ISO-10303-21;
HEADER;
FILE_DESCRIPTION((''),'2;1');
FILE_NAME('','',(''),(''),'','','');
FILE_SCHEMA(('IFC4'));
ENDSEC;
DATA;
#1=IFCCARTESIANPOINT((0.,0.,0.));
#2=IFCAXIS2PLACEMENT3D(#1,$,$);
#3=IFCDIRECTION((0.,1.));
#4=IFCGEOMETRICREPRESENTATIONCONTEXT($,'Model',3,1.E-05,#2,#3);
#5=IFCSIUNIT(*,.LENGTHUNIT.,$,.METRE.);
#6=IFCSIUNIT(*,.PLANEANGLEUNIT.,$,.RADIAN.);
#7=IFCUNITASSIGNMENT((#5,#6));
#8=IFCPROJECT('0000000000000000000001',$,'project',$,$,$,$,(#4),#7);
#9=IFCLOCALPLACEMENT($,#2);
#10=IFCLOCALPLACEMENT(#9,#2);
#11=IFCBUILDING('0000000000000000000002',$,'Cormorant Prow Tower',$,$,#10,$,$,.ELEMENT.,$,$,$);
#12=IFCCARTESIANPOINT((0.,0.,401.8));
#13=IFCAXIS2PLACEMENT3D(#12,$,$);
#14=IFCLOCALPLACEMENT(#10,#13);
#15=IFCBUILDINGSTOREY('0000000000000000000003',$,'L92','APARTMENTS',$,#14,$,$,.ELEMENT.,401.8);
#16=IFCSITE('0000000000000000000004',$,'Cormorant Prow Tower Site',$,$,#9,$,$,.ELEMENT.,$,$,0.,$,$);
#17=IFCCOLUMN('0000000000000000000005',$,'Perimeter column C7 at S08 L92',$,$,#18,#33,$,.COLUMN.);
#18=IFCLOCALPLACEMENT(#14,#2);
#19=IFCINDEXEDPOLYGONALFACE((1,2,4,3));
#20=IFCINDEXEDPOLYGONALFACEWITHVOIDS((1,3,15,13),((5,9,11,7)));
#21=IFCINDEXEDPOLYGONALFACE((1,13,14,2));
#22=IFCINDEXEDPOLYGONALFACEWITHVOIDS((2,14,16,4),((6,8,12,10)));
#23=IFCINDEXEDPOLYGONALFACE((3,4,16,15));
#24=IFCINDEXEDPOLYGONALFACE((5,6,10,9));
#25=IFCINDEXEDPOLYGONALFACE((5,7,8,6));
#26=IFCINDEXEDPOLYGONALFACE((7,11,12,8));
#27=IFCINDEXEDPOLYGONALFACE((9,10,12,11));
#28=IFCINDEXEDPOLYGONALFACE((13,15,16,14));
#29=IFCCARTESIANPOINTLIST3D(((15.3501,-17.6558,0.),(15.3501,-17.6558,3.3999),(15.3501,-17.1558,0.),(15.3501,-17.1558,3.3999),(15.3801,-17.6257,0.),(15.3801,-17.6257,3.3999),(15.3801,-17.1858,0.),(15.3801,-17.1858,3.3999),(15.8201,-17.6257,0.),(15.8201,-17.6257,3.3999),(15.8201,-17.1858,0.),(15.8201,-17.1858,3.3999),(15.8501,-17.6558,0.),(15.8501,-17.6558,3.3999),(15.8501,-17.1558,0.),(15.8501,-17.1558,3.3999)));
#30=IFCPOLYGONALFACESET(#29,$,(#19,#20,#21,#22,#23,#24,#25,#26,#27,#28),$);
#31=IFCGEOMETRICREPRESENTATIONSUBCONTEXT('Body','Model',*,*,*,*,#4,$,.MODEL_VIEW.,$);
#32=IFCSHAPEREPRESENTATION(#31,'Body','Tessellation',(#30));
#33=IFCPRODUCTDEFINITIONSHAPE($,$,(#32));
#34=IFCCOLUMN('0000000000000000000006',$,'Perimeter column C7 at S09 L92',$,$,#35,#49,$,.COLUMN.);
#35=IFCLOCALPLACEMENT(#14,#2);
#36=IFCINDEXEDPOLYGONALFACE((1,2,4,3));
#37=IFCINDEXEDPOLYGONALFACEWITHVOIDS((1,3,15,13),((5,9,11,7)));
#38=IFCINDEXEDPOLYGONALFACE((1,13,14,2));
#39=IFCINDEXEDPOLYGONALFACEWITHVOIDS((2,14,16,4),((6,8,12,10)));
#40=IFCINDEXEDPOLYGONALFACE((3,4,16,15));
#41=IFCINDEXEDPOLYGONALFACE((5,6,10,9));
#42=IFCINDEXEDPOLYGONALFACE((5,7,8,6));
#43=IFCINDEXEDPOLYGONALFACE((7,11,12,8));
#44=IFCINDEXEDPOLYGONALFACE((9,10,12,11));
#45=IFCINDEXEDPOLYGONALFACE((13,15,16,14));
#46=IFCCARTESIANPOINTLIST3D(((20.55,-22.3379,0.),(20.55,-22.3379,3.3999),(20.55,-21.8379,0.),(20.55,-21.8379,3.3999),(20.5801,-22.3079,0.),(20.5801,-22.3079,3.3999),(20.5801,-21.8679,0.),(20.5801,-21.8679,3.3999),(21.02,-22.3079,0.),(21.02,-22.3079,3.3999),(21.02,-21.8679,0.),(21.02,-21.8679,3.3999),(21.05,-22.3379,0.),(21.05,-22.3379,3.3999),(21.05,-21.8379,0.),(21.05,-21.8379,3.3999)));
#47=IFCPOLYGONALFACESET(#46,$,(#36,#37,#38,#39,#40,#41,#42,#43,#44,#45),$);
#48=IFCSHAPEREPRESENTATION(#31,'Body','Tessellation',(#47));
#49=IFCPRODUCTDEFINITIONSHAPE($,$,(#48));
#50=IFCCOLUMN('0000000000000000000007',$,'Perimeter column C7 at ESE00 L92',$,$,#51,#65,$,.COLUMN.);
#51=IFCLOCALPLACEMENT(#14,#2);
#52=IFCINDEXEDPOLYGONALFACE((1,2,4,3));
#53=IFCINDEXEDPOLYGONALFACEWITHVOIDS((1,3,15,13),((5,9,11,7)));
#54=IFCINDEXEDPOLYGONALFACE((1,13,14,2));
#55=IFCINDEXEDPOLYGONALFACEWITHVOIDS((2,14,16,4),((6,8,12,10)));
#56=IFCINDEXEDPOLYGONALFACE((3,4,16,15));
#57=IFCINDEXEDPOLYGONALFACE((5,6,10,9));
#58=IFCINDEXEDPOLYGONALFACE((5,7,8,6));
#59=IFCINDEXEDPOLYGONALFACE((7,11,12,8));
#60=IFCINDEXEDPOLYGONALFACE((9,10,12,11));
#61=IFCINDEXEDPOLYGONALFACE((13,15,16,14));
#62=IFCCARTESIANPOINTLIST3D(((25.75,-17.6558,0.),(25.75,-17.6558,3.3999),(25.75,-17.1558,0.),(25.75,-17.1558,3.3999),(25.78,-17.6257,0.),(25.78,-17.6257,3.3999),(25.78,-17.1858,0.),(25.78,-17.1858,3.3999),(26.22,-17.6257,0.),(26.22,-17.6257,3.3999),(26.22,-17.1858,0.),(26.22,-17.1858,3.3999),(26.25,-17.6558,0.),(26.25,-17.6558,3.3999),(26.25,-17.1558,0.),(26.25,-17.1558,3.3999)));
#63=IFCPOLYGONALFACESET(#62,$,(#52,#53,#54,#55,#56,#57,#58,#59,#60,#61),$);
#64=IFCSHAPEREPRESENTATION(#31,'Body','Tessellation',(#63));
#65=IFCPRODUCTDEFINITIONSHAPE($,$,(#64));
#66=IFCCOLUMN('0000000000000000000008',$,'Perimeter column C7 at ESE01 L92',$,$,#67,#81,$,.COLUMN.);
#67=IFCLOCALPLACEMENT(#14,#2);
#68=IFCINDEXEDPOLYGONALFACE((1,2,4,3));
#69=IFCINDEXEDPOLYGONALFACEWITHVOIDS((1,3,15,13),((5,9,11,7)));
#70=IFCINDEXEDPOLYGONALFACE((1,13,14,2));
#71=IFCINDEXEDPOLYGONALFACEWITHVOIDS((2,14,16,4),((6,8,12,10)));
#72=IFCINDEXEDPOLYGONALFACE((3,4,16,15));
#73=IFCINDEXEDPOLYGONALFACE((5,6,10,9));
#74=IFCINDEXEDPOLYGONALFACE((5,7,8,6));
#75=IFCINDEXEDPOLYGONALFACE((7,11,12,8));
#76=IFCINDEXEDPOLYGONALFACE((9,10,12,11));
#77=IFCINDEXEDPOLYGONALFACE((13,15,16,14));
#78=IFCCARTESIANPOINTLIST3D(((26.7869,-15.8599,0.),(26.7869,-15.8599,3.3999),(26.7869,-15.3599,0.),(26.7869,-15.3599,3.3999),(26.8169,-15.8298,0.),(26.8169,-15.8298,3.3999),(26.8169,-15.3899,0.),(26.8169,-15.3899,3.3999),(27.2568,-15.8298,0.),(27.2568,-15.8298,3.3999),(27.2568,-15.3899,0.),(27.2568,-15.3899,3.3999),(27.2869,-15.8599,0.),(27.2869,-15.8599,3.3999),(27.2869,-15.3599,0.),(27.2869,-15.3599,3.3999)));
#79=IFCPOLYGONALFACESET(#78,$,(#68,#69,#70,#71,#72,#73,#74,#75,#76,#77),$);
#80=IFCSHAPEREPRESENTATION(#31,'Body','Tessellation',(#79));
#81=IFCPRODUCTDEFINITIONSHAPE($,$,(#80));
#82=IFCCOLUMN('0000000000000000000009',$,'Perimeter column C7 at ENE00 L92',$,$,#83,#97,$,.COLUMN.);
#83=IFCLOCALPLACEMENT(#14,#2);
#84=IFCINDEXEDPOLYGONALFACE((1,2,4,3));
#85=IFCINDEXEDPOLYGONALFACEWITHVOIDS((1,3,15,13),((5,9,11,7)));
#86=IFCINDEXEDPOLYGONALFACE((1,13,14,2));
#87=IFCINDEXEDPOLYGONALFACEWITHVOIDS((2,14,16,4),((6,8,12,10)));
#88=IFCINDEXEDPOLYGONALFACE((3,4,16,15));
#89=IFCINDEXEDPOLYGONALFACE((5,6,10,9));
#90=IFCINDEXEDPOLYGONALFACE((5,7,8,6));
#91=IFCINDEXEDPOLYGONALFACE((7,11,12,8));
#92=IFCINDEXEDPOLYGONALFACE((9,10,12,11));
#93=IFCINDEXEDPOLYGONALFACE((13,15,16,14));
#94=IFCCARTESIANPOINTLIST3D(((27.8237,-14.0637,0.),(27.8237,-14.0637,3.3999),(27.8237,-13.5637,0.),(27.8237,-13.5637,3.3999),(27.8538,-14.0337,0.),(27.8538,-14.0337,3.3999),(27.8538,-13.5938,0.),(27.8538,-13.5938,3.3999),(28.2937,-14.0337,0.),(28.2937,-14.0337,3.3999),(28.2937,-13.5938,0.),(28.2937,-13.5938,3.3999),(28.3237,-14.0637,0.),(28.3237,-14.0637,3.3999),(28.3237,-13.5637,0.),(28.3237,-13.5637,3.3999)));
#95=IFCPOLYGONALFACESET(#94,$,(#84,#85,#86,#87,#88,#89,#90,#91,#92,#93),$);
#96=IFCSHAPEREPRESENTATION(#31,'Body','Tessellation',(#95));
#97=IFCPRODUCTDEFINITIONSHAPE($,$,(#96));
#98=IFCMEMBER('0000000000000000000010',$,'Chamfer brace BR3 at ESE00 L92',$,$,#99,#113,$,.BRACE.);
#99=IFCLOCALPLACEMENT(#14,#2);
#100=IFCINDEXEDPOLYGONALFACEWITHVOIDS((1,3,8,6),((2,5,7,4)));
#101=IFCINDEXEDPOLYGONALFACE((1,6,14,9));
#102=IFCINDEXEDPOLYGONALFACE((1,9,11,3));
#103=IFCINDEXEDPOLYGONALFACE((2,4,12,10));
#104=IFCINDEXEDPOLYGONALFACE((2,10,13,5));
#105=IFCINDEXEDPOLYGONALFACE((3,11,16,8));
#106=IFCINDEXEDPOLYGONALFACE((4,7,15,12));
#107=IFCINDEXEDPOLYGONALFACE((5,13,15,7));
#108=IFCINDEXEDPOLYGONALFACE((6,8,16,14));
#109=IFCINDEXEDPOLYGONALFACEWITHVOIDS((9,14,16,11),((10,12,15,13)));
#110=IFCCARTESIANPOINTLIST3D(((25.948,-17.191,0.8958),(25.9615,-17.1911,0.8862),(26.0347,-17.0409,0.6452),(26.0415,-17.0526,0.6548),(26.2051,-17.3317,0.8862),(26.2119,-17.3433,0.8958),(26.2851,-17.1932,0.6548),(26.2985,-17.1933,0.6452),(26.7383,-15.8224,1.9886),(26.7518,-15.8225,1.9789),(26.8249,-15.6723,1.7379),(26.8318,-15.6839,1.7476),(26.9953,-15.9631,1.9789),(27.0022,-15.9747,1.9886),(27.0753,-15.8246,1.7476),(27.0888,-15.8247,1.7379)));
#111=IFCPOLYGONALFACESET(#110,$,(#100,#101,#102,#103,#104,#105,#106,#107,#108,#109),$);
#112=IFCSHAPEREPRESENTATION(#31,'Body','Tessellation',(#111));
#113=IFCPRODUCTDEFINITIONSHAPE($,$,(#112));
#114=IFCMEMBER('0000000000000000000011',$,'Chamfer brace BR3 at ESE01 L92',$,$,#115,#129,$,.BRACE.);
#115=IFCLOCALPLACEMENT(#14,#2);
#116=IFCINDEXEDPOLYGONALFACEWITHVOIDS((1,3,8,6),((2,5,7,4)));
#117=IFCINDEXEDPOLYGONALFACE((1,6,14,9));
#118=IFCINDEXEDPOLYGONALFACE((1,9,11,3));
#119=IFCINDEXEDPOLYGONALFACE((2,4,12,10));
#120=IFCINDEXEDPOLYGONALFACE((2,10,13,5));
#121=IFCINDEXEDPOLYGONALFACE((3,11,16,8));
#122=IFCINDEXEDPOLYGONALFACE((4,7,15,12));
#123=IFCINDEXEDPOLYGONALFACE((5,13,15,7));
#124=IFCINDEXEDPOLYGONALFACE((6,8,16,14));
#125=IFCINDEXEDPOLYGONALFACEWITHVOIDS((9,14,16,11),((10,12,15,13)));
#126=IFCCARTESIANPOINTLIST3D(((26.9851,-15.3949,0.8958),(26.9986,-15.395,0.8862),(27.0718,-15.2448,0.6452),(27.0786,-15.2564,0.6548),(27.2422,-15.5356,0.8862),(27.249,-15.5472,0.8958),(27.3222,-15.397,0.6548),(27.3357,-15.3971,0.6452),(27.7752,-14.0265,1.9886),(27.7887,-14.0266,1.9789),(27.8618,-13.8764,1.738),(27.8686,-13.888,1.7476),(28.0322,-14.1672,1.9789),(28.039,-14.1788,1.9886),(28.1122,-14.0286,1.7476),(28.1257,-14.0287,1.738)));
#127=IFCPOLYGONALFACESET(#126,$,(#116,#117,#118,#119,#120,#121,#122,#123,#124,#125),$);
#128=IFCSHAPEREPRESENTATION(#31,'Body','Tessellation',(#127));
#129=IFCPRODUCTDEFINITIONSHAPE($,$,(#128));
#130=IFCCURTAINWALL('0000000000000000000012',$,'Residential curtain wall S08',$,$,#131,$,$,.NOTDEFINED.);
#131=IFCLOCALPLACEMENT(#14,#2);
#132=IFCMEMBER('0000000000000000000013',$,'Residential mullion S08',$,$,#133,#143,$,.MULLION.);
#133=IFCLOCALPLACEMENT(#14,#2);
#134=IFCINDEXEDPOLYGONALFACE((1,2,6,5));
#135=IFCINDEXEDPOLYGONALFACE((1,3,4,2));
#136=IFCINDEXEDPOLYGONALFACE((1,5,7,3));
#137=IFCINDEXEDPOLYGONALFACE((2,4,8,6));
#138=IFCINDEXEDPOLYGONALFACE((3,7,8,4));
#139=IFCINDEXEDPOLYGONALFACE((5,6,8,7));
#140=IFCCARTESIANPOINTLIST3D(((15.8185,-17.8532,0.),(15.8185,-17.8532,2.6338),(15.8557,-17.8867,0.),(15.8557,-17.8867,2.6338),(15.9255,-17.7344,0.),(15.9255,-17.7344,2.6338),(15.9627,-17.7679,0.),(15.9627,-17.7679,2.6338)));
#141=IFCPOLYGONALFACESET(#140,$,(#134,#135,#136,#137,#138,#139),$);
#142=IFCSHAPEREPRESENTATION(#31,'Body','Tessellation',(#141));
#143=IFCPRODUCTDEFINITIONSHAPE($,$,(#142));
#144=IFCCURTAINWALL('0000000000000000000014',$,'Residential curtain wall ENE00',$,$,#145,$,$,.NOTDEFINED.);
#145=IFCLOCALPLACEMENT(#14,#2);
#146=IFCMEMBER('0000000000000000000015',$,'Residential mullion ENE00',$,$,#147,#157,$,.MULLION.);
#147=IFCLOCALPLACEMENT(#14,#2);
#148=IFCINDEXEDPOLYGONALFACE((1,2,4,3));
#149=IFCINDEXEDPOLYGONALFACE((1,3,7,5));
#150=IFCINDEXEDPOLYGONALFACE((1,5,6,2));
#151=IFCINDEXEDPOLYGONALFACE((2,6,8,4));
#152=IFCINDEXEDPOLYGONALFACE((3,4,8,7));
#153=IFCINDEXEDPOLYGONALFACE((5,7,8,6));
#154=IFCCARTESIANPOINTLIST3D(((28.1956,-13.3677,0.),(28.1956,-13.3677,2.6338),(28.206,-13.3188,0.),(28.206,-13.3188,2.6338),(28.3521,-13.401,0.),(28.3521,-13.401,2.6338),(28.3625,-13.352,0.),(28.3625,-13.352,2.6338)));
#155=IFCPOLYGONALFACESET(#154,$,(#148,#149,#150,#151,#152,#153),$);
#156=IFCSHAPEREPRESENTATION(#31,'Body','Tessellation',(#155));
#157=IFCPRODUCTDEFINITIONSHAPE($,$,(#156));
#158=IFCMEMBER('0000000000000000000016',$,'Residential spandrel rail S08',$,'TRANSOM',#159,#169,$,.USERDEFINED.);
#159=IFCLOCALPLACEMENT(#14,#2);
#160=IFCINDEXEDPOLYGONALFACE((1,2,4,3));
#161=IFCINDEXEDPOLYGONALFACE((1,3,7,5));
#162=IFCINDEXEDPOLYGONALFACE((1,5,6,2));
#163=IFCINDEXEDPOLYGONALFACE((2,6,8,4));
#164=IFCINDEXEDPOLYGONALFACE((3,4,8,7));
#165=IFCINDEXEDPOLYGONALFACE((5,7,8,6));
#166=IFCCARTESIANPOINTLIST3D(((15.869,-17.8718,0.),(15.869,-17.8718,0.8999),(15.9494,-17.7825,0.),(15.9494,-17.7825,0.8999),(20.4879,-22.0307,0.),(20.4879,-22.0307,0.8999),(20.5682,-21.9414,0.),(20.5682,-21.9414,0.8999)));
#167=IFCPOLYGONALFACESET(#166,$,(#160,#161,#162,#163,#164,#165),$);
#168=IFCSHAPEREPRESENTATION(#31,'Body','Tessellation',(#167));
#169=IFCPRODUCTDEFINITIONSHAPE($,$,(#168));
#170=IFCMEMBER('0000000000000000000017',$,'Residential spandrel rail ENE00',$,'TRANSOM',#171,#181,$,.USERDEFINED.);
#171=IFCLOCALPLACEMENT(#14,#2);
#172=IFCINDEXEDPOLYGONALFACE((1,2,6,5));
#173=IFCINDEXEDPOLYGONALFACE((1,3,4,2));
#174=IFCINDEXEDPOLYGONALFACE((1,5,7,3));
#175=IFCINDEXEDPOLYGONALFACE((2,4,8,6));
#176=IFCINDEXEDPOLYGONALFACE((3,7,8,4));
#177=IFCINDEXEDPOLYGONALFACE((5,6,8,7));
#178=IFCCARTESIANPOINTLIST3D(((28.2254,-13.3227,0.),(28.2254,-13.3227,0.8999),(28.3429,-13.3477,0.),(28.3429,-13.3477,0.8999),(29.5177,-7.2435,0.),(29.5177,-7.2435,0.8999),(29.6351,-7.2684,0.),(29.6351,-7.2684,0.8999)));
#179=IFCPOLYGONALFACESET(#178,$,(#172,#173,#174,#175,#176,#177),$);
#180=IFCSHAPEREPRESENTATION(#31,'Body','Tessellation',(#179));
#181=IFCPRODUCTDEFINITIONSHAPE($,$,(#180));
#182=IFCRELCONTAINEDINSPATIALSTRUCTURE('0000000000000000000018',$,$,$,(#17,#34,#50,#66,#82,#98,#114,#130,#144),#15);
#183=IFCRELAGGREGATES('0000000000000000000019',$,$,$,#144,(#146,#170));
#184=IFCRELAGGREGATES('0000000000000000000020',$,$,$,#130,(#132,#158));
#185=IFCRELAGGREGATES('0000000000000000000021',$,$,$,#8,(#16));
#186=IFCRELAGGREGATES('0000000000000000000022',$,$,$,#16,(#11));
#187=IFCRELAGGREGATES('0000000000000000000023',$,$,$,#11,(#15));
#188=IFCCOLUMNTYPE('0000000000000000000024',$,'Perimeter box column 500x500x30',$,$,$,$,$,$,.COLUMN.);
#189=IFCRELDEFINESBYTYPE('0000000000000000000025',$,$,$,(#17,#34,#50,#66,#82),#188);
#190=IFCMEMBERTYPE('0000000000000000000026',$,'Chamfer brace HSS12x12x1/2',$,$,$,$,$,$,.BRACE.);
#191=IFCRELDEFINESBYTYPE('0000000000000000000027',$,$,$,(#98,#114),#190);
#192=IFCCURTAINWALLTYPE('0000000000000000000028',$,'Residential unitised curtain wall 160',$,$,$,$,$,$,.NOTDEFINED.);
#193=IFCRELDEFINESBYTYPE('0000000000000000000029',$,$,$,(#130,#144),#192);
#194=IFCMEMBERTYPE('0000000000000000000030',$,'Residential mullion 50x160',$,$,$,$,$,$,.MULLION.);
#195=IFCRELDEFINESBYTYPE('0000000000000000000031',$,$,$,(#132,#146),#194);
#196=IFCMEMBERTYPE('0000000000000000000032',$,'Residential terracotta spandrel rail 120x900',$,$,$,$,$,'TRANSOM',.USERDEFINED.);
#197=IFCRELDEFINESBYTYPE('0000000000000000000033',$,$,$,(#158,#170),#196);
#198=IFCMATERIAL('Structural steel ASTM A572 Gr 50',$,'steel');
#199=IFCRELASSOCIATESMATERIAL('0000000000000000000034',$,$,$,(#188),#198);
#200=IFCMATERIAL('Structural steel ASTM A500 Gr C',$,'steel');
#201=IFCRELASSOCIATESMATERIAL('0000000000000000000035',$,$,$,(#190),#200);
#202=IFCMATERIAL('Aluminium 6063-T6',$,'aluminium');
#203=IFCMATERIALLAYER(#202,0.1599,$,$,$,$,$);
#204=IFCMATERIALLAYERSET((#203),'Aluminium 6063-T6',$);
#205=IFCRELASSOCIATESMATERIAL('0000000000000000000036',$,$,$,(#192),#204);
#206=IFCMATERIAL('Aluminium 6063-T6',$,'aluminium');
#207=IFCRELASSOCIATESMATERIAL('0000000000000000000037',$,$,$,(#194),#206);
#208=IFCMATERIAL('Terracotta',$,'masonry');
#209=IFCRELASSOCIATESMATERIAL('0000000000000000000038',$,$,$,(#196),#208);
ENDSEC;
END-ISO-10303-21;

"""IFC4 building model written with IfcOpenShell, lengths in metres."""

from ifc_helpers import new_model, si_unit, direction, frame, origin, origin_2d, place, context, subcontext, project, spatial, rectangle, hollow_rectangle, extrude, material, layer, layer_set, material_profile, profile_set, type_object, element, aggregate, save


model = new_model("IFC4")

# Units and contexts
model_context = context("Model", 3, precision=1e-05, world=origin(), true_north=direction((0.0, 1.0)))
body_context = subcontext(model_context, "Body", "Model", "MODEL_VIEW")
ifc_project = project(units=[si_unit("LENGTHUNIT", "METRE"), si_unit("PLANEANGLEUNIT", "RADIAN")], contexts=[model_context])

# Site, building, storey
site_placement = place(None, origin())
site = spatial("IfcSite", under=ifc_project, at=site_placement, Name="Cormorant Prow Tower Site", CompositionType="ELEMENT", RefElevation=0.0)
building_placement = place(site_placement, origin())
building = spatial("IfcBuilding", under=site, at=building_placement, Name="Cormorant Prow Tower", CompositionType="ELEMENT")
storey_placement = place(building_placement, frame((0.0, 0.0, 401.8)))
storey = spatial("IfcBuildingStorey", under=building, at=storey_placement, Name="L92", Description="APARTMENTS", CompositionType="ELEMENT", Elevation=401.8)

# Columns
ifc_material_1 = material(Name="Structural steel ASTM A572 Gr 50", Category="steel")
ifc_material_profile_1 = material_profile(ifc_material_1, hollow_rectangle(XDim=0.5, YDim=0.5, WallThickness=0.03, at=origin_2d()), Name="Box 500x500x30")
ifc_profile_set_1 = profile_set([ifc_material_profile_1], Name="Structural steel ASTM A572 Gr 50")
column_type = type_object("IfcColumnType", Name="Perimeter box column 500x500x30", PredefinedType="COLUMN", material=ifc_profile_set_1)
for number, where, z_axis, x_axis, name in (
    (1, (15.6001, -17.4058, 0.0), (0.0, 0.0, 1.0), (1.0, 0.0, 0.0), "Perimeter column C7 at S08 L92"),
    (2, (20.8, -22.0879, 0.0), (0.0, 0.0, 1.0), (1.0, 0.0, 0.0), "Perimeter column C7 at S09 L92"),
    (3, (26.0, -17.4058, 0.0), (0.0, 0.0, 1.0), (1.0, 0.0, 0.0), "Perimeter column C7 at ESE00 L92"),
    (4, (27.0369, -15.6099, 0.0), (0.0, 0.0, 1.0), (1.0, 0.0, 0.0), "Perimeter column C7 at ESE01 L92"),
    (5, (28.0737, -13.8137, 0.0), (0.0, 0.0, 1.0), (1.0, 0.0, 0.0), "Perimeter column C7 at ENE00 L92"),
):
    element("IfcColumn", number, at=place(storey_placement, frame(where, z_axis=z_axis, x_axis=x_axis)), inside=storey, type_object=column_type, Name=name, PredefinedType="COLUMN", context=body_context, shape_type="SweptSolid", body=[
        extrude(hollow_rectangle(XDim=0.5, YDim=0.5, WallThickness=0.03, at=origin_2d()), origin(), (0.0, 0.0, 1.0), 3.3999),
    ])

# Members
ifc_material_2 = material(Name="Structural steel ASTM A500 Gr C", Category="steel")
ifc_material_profile_2 = material_profile(ifc_material_2, hollow_rectangle(XDim=0.3047, YDim=0.3047, WallThickness=0.0117, at=origin_2d()), Name="HSS12x12x1/2")
ifc_profile_set_2 = profile_set([ifc_material_profile_2], Name="Structural steel ASTM A500 Gr C")
member_type_1 = type_object("IfcMemberType", Name="Chamfer brace HSS12x12x1/2", PredefinedType="BRACE", material=ifc_profile_set_2)
member_1_placement = place(storey_placement, frame((26.1233, -17.1921, 0.7705), z_axis=(0.411299, 0.712308, 0.568728), x_axis=(-0.866, 0.500043, 0.0)))
element("IfcMember", 6, at=member_1_placement, inside=storey, type_object=member_type_1, Name="Chamfer brace BR3 at ESE00 L92", PredefinedType="BRACE", context=body_context, shape_type="SweptSolid", body=[
    extrude(hollow_rectangle(XDim=0.3047, YDim=0.3047, WallThickness=0.0117, at=origin_2d()), origin(), (0.0, 0.0, 1.0), 1.9214),
])
member_2_placement = place(storey_placement, frame((27.1604, -15.396, 0.7705), z_axis=(0.41123, 0.712282, 0.568809), x_axis=(-0.866029, 0.499994, 0.0)))
element("IfcMember", 7, at=member_2_placement, inside=storey, type_object=member_type_1, Name="Chamfer brace BR3 at ESE01 L92", PredefinedType="BRACE", context=body_context, shape_type="SweptSolid", body=[
    extrude(hollow_rectangle(XDim=0.3047, YDim=0.3047, WallThickness=0.0117, at=origin_2d()), origin(), (0.0, 0.0, 1.0), 1.9211),
])

# Curtain walls, members
ifc_material_3 = material(Name="Aluminium 6063-T6", Category="aluminium")
ifc_layer_1 = layer(ifc_material_3, 0.1599)
ifc_layer_set_1 = layer_set([ifc_layer_1], Name="Aluminium 6063-T6")
curtain_wall_type = type_object("IfcCurtainWallType", Name="Residential unitised curtain wall 160", PredefinedType="NOTDEFINED", material=ifc_layer_set_1)
curtain_wall_1_placement = place(storey_placement, origin())
curtain_wall_1 = element("IfcCurtainWall", 8, at=curtain_wall_1_placement, inside=storey, type_object=curtain_wall_type, Name="Residential curtain wall S08", PredefinedType="NOTDEFINED")
ifc_material_4 = material(Name="Aluminium 6063-T6", Category="aluminium")
ifc_material_profile_3 = material_profile(ifc_material_4, rectangle(XDim=0.1599, YDim=0.05, at=origin_2d()), Name="Residential mullion 50x160")
ifc_profile_set_3 = profile_set([ifc_material_profile_3], Name="Aluminium 6063-T6")
member_type_2 = type_object("IfcMemberType", Name="Residential mullion 50x160", PredefinedType="MULLION", material=ifc_profile_set_3)
member_3_placement = place(storey_placement, frame((15.8906, -17.8105, 0.0), z_axis=(0.0, 0.0, 1.0), x_axis=(0.669131, 0.743145, 0.0)))
member_3 = element("IfcMember", 9, at=member_3_placement, type_object=member_type_2, Name="Residential mullion S08", PredefinedType="MULLION", context=body_context, shape_type="SweptSolid", body=[
    extrude(rectangle(XDim=0.1599, YDim=0.05, at=origin_2d()), origin(), (0.0, 0.0, 1.0), 2.6338),
])
curtain_wall_2_placement = place(storey_placement, origin())
curtain_wall_2 = element("IfcCurtainWall", 10, at=curtain_wall_2_placement, inside=storey, type_object=curtain_wall_type, Name="Residential curtain wall ENE00", PredefinedType="NOTDEFINED")
member_4_placement = place(storey_placement, frame((28.2791, -13.3599, 0.0), z_axis=(0.0, 0.0, 1.0), x_axis=(-0.978148, 0.207912, 0.0)))
member_4 = element("IfcMember", 11, at=member_4_placement, type_object=member_type_2, Name="Residential mullion ENE00", PredefinedType="MULLION", context=body_context, shape_type="SweptSolid", body=[
    extrude(rectangle(XDim=0.1599, YDim=0.05, at=origin_2d()), origin(), (0.0, 0.0, 1.0), 2.6338),
])

# Members
ifc_material_5 = material(Name="Terracotta", Category="masonry")
ifc_material_profile_4 = material_profile(ifc_material_5, rectangle(XDim=0.1201, YDim=0.8999, at=origin_2d()), Name="Residential terracotta spandrel rail 120x900")
ifc_profile_set_4 = profile_set([ifc_material_profile_4], Name="Terracotta")
member_type_3 = type_object("IfcMemberType", Name="Residential terracotta spandrel rail 120x900", ElementType="TRANSOM", PredefinedType="USERDEFINED", material=ifc_profile_set_4)
member_5_placement = place(storey_placement, frame((15.9092, -17.8271, 0.45), z_axis=(0.74314, -0.669136, 0.0), x_axis=(0.669136, 0.74314, 0.0)))
member_5 = element("IfcMember", 12, at=member_5_placement, type_object=member_type_3, Name="Residential spandrel rail S08", ObjectType="TRANSOM", PredefinedType="USERDEFINED", context=body_context, shape_type="SweptSolid", body=[
    extrude(rectangle(XDim=0.1201, YDim=0.8999, at=origin_2d()), origin(), (0.0, 0.0, 1.0), 6.2153),
])
member_6_placement = place(storey_placement, frame((28.2842, -13.3352, 0.45), z_axis=(0.207917, 0.978147, 0.0), x_axis=(-0.978147, 0.207917, 0.0)))
member_6 = element("IfcMember", 13, at=member_6_placement, type_object=member_type_3, Name="Residential spandrel rail ENE00", ObjectType="TRANSOM", PredefinedType="USERDEFINED", context=body_context, shape_type="SweptSolid", body=[
    extrude(rectangle(XDim=0.1201, YDim=0.8999, at=origin_2d()), origin(), (0.0, 0.0, 1.0), 6.2151),
])
aggregate(curtain_wall_2, [member_4, member_6])

aggregate(curtain_wall_1, [member_3, member_5])

save(model, "model.ifc")
